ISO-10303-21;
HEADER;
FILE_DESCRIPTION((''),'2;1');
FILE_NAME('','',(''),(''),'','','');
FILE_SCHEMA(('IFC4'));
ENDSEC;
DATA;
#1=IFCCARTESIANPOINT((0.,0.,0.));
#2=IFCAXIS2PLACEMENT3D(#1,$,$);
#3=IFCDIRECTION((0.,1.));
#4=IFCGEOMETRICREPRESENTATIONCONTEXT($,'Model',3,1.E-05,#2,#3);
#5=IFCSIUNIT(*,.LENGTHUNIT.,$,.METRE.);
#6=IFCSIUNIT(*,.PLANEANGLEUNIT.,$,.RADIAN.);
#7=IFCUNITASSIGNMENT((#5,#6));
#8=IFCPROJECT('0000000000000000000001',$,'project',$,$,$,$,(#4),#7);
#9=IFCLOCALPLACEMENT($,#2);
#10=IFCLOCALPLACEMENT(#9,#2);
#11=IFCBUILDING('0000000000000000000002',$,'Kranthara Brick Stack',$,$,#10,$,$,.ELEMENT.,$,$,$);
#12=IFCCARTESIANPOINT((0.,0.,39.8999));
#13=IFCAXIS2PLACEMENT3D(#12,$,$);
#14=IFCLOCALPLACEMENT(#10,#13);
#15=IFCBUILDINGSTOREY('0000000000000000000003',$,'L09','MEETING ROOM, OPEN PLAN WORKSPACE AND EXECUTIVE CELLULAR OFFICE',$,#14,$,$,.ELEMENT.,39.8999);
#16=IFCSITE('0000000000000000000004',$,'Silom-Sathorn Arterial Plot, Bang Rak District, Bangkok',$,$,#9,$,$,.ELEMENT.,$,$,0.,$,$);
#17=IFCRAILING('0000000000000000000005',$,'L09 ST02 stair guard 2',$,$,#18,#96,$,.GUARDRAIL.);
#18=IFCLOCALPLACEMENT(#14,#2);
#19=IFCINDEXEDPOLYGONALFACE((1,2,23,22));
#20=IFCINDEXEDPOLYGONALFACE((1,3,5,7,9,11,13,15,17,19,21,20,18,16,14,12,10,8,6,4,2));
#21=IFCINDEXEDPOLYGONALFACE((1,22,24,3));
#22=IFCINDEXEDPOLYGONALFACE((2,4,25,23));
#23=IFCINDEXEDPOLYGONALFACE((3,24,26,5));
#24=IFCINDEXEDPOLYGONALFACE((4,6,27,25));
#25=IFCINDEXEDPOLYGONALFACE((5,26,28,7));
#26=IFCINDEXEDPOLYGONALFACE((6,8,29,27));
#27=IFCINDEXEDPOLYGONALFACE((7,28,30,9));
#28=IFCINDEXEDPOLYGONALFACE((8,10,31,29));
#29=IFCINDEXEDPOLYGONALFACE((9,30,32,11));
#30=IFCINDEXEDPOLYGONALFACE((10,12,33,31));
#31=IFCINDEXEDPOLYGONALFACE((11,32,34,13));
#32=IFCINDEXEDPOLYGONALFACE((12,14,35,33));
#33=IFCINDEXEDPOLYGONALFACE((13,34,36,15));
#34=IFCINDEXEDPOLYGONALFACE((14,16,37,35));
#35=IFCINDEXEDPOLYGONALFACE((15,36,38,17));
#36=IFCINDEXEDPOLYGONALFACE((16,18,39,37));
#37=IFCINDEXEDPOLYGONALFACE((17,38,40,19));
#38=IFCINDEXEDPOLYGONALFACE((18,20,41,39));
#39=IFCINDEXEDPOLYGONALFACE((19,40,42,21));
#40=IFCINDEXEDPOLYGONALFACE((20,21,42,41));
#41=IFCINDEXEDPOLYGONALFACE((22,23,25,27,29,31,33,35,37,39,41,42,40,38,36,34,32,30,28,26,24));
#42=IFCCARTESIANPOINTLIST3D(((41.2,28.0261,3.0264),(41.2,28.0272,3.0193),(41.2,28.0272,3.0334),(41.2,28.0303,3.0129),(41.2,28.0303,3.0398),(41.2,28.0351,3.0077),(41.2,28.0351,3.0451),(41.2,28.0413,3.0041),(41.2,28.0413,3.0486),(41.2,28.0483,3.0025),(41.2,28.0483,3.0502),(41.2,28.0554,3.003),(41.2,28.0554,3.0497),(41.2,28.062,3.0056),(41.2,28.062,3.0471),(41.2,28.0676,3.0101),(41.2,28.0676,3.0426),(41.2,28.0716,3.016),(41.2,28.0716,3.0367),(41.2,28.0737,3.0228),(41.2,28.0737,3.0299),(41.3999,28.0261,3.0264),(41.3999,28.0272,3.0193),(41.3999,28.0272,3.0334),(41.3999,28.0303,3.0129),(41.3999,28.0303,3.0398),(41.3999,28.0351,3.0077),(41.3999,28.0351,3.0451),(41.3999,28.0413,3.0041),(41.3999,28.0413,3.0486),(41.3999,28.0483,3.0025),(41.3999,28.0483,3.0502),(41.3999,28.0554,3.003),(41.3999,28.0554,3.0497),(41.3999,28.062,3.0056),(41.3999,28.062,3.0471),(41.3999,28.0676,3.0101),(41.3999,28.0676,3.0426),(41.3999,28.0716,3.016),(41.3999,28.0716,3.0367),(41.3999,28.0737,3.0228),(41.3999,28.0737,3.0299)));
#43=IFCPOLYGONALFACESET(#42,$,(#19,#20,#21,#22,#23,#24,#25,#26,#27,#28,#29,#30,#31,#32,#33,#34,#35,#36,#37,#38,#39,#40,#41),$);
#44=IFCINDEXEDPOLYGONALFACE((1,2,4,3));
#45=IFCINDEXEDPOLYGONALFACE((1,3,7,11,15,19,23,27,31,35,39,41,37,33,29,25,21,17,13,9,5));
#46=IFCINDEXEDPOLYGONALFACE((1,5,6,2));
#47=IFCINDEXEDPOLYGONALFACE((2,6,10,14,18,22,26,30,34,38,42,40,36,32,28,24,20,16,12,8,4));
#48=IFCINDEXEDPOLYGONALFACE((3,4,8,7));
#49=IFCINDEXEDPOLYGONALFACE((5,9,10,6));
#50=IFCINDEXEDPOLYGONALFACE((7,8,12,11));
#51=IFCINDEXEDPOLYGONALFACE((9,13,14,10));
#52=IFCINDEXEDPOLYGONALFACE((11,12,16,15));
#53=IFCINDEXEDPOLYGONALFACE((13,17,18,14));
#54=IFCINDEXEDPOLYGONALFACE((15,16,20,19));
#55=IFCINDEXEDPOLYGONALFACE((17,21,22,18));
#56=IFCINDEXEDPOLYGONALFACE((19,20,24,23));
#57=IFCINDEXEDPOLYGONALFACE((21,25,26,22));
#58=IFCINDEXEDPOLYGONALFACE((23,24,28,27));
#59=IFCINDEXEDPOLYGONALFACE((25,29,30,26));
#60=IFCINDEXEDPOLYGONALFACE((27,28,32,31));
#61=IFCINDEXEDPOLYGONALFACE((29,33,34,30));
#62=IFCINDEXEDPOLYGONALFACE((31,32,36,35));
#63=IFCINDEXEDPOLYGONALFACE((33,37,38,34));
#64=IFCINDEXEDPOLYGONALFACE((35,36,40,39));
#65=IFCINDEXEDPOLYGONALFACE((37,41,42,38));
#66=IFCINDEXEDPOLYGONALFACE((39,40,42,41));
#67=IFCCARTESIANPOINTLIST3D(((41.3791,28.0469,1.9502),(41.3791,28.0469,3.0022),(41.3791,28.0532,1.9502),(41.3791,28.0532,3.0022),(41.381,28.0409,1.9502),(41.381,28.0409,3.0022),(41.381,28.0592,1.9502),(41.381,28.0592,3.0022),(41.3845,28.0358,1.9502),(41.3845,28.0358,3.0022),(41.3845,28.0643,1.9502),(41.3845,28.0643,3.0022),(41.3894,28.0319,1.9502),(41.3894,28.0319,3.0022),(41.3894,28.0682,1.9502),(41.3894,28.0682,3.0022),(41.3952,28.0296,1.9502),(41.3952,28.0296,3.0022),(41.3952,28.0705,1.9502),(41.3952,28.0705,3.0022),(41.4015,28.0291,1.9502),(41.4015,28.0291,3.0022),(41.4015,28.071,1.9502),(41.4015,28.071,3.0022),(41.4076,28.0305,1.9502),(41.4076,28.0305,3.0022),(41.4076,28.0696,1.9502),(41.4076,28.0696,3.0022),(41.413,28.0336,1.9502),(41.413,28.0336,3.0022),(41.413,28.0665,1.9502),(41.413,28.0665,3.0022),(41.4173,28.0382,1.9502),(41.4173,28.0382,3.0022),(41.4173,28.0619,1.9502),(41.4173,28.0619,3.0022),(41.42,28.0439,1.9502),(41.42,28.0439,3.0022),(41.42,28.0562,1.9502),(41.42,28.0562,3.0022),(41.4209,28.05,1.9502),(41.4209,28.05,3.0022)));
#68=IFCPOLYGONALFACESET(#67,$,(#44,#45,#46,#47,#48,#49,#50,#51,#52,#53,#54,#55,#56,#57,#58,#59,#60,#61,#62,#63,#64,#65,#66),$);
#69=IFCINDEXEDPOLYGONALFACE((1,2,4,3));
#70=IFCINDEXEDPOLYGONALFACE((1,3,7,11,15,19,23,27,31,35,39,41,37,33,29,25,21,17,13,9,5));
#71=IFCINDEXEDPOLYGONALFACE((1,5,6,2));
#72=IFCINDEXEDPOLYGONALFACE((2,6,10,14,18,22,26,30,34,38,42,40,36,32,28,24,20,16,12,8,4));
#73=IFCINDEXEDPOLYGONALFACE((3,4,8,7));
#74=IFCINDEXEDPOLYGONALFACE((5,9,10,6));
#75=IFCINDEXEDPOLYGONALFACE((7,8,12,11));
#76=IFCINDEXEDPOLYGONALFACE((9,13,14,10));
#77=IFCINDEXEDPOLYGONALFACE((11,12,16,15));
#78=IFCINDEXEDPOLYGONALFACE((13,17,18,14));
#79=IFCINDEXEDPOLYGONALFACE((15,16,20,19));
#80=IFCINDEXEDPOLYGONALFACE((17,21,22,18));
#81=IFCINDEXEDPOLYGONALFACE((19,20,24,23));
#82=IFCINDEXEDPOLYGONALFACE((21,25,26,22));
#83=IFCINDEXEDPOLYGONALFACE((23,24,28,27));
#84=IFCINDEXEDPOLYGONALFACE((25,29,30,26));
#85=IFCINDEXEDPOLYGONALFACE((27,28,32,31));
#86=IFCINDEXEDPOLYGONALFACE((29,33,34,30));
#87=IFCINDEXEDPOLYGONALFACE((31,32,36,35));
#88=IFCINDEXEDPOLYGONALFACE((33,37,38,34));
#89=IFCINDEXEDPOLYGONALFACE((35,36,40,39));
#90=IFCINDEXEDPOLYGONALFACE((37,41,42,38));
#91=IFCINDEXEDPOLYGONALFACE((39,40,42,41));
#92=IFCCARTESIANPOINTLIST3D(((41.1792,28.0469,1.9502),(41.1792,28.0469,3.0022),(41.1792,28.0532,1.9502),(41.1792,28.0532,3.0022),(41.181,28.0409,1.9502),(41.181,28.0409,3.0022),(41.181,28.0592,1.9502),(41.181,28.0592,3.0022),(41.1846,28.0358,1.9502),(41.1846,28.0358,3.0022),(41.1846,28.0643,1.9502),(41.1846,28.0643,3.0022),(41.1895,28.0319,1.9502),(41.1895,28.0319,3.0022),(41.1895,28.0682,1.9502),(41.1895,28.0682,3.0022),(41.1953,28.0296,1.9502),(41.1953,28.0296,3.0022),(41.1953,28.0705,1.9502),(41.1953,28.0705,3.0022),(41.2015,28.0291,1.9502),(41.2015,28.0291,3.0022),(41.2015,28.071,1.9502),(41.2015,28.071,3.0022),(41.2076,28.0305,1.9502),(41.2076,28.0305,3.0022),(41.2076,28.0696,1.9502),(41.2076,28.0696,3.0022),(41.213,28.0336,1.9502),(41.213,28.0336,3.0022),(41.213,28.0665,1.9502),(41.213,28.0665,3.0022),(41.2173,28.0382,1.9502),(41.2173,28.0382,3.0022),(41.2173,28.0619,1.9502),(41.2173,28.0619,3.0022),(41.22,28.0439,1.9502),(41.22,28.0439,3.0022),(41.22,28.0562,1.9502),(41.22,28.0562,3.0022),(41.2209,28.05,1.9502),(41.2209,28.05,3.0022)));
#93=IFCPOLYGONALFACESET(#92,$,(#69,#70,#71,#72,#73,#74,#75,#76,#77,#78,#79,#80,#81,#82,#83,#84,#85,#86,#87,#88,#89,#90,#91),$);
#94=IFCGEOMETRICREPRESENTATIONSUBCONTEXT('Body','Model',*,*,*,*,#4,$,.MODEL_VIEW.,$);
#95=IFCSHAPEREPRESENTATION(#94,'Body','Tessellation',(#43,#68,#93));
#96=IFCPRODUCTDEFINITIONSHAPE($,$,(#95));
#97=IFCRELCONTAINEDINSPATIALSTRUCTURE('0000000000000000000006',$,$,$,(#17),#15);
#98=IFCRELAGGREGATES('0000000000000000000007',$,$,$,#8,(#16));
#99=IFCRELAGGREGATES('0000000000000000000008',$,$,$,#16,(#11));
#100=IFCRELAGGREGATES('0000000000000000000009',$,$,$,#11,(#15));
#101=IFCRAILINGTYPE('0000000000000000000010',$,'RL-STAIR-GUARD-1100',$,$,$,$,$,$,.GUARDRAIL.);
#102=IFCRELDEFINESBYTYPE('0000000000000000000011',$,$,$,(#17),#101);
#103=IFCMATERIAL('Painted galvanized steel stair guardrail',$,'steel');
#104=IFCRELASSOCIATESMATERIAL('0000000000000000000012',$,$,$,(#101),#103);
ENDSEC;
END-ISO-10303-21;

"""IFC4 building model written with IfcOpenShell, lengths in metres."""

from ifc_helpers import new_model, si_unit, direction, frame, origin, origin_2d, place, context, subcontext, project, spatial, circle, extrude, material, type_object, element, save


model = new_model("IFC4")

# Units and contexts
model_context = context("Model", 3, precision=1e-05, world=origin(), true_north=direction((0.0, 1.0)))
body_context = subcontext(model_context, "Body", "Model", "MODEL_VIEW")
ifc_project = project(units=[si_unit("LENGTHUNIT", "METRE"), si_unit("PLANEANGLEUNIT", "RADIAN")], contexts=[model_context])

# Site, building, storey
site_placement = place(None, origin())
site = spatial("IfcSite", under=ifc_project, at=site_placement, Name="Silom-Sathorn Arterial Plot, Bang Rak District, Bangkok", CompositionType="ELEMENT", RefElevation=0.0)
building_placement = place(site_placement, origin())
building = spatial("IfcBuilding", under=site, at=building_placement, Name="Kranthara Brick Stack", CompositionType="ELEMENT")
storey_placement = place(building_placement, frame((0.0, 0.0, 39.8999)))
storey = spatial("IfcBuildingStorey", under=building, at=storey_placement, Name="L09", Description="MEETING ROOM, OPEN PLAN WORKSPACE AND EXECUTIVE CELLULAR OFFICE", CompositionType="ELEMENT", Elevation=39.8999)

# Railing
ifc_material_1 = material(Name="Painted galvanized steel stair guardrail", Category="steel")
railing_type_1 = type_object("IfcRailingType", Name="RL-STAIR-GUARD-1100", PredefinedType="GUARDRAIL", material=ifc_material_1)
railing_1_placement = place(storey_placement, frame((41.3999, 28.05, 1.9502)))
element("IfcRailing", 1, at=railing_1_placement, inside=storey, type_object=railing_type_1, Name="L09 ST02 stair guard 2", PredefinedType="GUARDRAIL", context=body_context, shape_type="SweptSolid", body=[
    extrude(circle(Radius=0.0239, at=origin_2d()), frame((0.0, 0.0, 1.0762), z_axis=(-1.0, 0.0, 0.0), x_axis=(0.0, -1.0, 0.0)), (0.0, 0.0, 1.0), 0.2),
    extrude(circle(Radius=0.021, at=origin_2d()), origin(), (0.0, 0.0, 1.0), 1.052),
    extrude(circle(Radius=0.021, at=origin_2d()), frame((-0.2, 0.0, 0.0)), (0.0, 0.0, 1.0), 1.052),
])

save(model, "model.ifc")
